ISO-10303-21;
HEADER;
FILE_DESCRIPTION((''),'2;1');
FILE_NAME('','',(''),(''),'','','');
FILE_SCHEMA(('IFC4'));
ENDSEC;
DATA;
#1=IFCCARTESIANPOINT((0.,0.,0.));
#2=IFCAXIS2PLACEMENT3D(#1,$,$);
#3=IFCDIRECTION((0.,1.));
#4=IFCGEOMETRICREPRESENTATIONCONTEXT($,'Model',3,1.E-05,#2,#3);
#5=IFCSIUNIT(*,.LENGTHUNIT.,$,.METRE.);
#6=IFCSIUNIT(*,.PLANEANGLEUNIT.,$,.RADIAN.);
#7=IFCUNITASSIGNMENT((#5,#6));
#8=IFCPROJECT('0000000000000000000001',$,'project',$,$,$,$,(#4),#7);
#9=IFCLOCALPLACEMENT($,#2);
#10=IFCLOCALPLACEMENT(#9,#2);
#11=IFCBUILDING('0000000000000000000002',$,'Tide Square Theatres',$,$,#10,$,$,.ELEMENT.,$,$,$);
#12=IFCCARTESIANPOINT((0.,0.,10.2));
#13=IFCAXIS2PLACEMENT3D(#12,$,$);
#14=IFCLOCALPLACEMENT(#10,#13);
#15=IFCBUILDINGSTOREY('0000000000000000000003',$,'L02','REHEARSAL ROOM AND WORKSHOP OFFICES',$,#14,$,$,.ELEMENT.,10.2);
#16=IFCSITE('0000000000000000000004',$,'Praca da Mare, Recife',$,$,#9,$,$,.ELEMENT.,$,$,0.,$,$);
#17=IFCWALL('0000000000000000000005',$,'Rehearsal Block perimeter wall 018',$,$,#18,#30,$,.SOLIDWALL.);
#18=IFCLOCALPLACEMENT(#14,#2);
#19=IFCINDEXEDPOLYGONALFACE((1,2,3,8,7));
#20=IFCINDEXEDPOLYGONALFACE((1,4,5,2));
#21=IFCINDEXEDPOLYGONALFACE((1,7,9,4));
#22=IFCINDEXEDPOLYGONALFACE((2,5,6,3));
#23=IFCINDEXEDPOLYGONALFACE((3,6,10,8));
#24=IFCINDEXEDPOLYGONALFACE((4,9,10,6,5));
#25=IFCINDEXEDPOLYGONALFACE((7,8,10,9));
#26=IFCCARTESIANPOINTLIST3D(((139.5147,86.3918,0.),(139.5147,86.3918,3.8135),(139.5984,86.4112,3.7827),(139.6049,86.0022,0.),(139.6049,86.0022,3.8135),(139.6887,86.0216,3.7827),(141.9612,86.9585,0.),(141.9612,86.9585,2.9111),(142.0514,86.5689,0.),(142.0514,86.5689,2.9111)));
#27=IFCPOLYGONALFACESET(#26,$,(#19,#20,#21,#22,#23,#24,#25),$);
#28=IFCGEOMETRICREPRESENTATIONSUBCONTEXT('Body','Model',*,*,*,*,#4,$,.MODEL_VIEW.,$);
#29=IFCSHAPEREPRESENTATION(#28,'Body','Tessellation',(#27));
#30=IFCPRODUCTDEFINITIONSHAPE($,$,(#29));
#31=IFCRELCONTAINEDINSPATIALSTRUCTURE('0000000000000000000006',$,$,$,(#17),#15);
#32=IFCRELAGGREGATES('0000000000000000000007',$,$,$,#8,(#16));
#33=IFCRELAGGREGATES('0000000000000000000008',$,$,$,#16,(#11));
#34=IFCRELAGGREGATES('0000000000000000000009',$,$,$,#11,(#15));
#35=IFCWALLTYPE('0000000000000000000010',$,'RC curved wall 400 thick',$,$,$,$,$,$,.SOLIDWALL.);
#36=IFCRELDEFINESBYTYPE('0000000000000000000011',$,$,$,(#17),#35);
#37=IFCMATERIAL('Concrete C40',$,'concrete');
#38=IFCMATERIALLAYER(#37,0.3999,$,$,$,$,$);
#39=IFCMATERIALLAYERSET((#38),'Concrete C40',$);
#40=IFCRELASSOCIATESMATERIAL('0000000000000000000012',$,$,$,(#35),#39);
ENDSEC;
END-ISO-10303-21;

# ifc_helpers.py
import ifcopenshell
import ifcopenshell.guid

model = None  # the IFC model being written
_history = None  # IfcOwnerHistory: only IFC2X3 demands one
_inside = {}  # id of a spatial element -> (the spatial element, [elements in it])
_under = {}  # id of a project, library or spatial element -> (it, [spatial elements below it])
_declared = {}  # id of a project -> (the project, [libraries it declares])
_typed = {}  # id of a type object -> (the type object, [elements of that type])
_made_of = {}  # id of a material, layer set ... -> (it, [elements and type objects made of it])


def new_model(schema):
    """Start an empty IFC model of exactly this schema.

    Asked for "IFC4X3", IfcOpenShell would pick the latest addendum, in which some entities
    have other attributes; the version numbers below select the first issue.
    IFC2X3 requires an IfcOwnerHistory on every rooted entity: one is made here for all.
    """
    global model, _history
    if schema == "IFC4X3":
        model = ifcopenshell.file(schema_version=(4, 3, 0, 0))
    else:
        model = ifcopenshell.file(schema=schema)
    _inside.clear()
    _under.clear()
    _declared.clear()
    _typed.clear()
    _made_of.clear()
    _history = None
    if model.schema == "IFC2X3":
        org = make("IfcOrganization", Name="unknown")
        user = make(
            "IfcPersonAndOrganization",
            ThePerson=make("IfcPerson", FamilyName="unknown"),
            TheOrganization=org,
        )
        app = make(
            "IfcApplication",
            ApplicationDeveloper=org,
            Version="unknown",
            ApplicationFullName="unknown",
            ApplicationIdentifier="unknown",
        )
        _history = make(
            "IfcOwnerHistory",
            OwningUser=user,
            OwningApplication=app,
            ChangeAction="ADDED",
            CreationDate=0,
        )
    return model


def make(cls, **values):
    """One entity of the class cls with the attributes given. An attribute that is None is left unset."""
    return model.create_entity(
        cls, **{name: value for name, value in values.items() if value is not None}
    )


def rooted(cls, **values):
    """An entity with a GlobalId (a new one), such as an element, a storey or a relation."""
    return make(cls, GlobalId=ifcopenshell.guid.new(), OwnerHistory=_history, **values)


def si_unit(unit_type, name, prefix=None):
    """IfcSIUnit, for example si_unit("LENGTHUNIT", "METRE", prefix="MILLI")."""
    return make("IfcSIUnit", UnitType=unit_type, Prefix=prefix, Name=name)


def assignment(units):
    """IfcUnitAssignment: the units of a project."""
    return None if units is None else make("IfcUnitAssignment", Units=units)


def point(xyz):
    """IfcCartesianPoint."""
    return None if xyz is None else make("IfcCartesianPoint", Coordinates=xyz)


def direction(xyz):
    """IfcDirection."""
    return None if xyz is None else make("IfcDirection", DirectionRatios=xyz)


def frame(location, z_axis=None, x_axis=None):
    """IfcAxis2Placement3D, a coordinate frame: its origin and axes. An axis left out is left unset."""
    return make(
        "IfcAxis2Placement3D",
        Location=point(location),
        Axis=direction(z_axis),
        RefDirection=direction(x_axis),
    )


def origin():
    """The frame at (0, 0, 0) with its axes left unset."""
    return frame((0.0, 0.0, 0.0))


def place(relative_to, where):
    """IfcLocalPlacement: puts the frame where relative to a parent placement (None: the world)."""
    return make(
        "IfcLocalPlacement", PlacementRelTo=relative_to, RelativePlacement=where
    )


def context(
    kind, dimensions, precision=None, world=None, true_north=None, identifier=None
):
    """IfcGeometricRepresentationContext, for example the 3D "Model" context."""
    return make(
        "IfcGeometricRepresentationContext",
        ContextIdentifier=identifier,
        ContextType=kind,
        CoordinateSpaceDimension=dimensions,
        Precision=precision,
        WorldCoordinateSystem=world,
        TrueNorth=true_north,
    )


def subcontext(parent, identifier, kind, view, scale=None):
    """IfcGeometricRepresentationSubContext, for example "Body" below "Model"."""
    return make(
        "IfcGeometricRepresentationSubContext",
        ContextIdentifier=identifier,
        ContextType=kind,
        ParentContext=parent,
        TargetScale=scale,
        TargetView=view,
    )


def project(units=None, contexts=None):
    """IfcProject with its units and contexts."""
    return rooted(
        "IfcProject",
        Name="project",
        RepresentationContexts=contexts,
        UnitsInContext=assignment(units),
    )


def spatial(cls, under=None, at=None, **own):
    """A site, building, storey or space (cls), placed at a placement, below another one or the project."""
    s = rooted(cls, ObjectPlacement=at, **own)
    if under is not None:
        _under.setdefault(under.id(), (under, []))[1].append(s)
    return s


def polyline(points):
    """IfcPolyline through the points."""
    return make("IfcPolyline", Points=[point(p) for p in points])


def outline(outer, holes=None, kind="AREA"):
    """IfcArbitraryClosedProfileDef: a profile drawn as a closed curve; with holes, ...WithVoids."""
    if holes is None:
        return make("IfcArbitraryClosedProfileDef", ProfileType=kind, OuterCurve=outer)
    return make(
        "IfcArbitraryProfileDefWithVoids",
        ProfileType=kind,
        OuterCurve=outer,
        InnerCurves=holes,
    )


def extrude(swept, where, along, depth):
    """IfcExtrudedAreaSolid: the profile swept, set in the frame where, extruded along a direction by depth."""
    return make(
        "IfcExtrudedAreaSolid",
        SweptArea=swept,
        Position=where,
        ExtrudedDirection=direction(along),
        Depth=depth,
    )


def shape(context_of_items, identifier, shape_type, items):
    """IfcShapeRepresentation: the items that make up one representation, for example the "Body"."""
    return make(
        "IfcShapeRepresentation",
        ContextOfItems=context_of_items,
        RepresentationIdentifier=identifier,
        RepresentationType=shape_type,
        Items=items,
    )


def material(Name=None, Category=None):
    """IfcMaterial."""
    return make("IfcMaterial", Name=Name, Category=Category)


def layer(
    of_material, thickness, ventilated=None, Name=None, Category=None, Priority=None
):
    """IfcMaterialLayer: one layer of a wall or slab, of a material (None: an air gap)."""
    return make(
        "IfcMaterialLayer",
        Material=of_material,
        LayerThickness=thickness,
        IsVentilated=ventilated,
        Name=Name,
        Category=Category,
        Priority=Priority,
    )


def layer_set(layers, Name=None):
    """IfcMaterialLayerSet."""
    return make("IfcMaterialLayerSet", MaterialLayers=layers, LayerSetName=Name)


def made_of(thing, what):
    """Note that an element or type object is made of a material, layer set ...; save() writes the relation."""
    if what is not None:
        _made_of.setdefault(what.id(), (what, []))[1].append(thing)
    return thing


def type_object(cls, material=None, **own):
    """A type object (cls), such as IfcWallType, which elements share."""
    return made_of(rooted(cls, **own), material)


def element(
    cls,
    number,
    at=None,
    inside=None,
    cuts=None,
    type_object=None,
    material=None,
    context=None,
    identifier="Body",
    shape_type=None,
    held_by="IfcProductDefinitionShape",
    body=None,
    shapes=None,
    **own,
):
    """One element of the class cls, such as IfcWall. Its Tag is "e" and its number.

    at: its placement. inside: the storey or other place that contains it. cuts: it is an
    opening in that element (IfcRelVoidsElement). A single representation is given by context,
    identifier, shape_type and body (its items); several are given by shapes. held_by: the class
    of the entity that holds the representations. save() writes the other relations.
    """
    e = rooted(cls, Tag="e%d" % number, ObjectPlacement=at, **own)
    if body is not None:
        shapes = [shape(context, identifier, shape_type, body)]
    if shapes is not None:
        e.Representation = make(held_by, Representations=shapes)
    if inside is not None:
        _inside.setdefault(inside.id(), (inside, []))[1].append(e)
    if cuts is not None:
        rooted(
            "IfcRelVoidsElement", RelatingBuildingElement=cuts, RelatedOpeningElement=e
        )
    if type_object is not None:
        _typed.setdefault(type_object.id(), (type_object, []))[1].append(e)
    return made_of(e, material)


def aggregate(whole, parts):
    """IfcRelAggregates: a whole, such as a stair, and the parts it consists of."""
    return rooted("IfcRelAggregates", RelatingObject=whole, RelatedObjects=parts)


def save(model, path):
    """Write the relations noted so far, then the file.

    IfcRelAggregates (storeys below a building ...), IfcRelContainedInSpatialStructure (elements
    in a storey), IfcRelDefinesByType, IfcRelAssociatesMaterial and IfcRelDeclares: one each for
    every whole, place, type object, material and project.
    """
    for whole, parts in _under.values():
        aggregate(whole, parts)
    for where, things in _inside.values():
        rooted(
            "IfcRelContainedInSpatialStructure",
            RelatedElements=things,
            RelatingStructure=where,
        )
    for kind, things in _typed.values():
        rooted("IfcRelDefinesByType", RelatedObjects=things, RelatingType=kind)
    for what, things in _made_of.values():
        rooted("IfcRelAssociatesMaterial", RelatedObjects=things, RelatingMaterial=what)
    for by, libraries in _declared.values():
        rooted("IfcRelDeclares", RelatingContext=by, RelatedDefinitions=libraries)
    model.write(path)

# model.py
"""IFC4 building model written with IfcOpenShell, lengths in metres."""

from ifc_helpers import new_model, si_unit, direction, frame, origin, place, context, subcontext, project, spatial, polyline, outline, extrude, material, layer, layer_set, type_object, element, save


model = new_model("IFC4")

# Units and contexts
model_context = context("Model", 3, precision=1e-05, world=origin(), true_north=direction((0.0, 1.0)))
body_context = subcontext(model_context, "Body", "Model", "MODEL_VIEW")
ifc_project = project(units=[si_unit("LENGTHUNIT", "METRE"), si_unit("PLANEANGLEUNIT", "RADIAN")], contexts=[model_context])

# Site, building, storey
site_placement = place(None, origin())
site = spatial("IfcSite", under=ifc_project, at=site_placement, Name="Praca da Mare, Recife", CompositionType="ELEMENT", RefElevation=0.0)
building_placement = place(site_placement, origin())
building = spatial("IfcBuilding", under=site, at=building_placement, Name="Tide Square Theatres", CompositionType="ELEMENT")
storey_placement = place(building_placement, frame((0.0, 0.0, 10.2)))
storey = spatial("IfcBuildingStorey", under=building, at=storey_placement, Name="L02", Description="REHEARSAL ROOM AND WORKSHOP OFFICES", CompositionType="ELEMENT", Elevation=10.2)

# Wall
ifc_material_1 = material(Name="Concrete C40", Category="concrete")
ifc_layer_1 = layer(ifc_material_1, 0.3999)
ifc_layer_set_1 = layer_set([ifc_layer_1], Name="Concrete C40")
wall_type_1 = type_object("IfcWallType", Name="RC curved wall 400 thick", PredefinedType="SOLIDWALL", material=ifc_layer_set_1)
wall_1_placement = place(storey_placement, frame((139.5598, 86.197, 0.0), z_axis=(0.0, 0.0, 1.0), x_axis=(0.974211, 0.22564, 0.0)))
element("IfcWall", 1, at=wall_1_placement, inside=storey, type_object=wall_type_1, Name="Rehearsal Block perimeter wall 018", PredefinedType="SOLIDWALL", context=body_context, shape_type="SweptSolid", body=[
    extrude(outline(polyline([(0.0, 0.0), (2.5112, 0.0), (2.5112, 2.9111), (0.0859, 3.7827), (0.0, 3.8135), (0.0, 0.0)])), frame((0.0, 0.2, 0.0), z_axis=(0.0, -1.0, 0.0), x_axis=(1.0, 0.0, 0.0)), (0.0, 0.0, 1.0), 0.3999),
])

save(model, "model.ifc")
